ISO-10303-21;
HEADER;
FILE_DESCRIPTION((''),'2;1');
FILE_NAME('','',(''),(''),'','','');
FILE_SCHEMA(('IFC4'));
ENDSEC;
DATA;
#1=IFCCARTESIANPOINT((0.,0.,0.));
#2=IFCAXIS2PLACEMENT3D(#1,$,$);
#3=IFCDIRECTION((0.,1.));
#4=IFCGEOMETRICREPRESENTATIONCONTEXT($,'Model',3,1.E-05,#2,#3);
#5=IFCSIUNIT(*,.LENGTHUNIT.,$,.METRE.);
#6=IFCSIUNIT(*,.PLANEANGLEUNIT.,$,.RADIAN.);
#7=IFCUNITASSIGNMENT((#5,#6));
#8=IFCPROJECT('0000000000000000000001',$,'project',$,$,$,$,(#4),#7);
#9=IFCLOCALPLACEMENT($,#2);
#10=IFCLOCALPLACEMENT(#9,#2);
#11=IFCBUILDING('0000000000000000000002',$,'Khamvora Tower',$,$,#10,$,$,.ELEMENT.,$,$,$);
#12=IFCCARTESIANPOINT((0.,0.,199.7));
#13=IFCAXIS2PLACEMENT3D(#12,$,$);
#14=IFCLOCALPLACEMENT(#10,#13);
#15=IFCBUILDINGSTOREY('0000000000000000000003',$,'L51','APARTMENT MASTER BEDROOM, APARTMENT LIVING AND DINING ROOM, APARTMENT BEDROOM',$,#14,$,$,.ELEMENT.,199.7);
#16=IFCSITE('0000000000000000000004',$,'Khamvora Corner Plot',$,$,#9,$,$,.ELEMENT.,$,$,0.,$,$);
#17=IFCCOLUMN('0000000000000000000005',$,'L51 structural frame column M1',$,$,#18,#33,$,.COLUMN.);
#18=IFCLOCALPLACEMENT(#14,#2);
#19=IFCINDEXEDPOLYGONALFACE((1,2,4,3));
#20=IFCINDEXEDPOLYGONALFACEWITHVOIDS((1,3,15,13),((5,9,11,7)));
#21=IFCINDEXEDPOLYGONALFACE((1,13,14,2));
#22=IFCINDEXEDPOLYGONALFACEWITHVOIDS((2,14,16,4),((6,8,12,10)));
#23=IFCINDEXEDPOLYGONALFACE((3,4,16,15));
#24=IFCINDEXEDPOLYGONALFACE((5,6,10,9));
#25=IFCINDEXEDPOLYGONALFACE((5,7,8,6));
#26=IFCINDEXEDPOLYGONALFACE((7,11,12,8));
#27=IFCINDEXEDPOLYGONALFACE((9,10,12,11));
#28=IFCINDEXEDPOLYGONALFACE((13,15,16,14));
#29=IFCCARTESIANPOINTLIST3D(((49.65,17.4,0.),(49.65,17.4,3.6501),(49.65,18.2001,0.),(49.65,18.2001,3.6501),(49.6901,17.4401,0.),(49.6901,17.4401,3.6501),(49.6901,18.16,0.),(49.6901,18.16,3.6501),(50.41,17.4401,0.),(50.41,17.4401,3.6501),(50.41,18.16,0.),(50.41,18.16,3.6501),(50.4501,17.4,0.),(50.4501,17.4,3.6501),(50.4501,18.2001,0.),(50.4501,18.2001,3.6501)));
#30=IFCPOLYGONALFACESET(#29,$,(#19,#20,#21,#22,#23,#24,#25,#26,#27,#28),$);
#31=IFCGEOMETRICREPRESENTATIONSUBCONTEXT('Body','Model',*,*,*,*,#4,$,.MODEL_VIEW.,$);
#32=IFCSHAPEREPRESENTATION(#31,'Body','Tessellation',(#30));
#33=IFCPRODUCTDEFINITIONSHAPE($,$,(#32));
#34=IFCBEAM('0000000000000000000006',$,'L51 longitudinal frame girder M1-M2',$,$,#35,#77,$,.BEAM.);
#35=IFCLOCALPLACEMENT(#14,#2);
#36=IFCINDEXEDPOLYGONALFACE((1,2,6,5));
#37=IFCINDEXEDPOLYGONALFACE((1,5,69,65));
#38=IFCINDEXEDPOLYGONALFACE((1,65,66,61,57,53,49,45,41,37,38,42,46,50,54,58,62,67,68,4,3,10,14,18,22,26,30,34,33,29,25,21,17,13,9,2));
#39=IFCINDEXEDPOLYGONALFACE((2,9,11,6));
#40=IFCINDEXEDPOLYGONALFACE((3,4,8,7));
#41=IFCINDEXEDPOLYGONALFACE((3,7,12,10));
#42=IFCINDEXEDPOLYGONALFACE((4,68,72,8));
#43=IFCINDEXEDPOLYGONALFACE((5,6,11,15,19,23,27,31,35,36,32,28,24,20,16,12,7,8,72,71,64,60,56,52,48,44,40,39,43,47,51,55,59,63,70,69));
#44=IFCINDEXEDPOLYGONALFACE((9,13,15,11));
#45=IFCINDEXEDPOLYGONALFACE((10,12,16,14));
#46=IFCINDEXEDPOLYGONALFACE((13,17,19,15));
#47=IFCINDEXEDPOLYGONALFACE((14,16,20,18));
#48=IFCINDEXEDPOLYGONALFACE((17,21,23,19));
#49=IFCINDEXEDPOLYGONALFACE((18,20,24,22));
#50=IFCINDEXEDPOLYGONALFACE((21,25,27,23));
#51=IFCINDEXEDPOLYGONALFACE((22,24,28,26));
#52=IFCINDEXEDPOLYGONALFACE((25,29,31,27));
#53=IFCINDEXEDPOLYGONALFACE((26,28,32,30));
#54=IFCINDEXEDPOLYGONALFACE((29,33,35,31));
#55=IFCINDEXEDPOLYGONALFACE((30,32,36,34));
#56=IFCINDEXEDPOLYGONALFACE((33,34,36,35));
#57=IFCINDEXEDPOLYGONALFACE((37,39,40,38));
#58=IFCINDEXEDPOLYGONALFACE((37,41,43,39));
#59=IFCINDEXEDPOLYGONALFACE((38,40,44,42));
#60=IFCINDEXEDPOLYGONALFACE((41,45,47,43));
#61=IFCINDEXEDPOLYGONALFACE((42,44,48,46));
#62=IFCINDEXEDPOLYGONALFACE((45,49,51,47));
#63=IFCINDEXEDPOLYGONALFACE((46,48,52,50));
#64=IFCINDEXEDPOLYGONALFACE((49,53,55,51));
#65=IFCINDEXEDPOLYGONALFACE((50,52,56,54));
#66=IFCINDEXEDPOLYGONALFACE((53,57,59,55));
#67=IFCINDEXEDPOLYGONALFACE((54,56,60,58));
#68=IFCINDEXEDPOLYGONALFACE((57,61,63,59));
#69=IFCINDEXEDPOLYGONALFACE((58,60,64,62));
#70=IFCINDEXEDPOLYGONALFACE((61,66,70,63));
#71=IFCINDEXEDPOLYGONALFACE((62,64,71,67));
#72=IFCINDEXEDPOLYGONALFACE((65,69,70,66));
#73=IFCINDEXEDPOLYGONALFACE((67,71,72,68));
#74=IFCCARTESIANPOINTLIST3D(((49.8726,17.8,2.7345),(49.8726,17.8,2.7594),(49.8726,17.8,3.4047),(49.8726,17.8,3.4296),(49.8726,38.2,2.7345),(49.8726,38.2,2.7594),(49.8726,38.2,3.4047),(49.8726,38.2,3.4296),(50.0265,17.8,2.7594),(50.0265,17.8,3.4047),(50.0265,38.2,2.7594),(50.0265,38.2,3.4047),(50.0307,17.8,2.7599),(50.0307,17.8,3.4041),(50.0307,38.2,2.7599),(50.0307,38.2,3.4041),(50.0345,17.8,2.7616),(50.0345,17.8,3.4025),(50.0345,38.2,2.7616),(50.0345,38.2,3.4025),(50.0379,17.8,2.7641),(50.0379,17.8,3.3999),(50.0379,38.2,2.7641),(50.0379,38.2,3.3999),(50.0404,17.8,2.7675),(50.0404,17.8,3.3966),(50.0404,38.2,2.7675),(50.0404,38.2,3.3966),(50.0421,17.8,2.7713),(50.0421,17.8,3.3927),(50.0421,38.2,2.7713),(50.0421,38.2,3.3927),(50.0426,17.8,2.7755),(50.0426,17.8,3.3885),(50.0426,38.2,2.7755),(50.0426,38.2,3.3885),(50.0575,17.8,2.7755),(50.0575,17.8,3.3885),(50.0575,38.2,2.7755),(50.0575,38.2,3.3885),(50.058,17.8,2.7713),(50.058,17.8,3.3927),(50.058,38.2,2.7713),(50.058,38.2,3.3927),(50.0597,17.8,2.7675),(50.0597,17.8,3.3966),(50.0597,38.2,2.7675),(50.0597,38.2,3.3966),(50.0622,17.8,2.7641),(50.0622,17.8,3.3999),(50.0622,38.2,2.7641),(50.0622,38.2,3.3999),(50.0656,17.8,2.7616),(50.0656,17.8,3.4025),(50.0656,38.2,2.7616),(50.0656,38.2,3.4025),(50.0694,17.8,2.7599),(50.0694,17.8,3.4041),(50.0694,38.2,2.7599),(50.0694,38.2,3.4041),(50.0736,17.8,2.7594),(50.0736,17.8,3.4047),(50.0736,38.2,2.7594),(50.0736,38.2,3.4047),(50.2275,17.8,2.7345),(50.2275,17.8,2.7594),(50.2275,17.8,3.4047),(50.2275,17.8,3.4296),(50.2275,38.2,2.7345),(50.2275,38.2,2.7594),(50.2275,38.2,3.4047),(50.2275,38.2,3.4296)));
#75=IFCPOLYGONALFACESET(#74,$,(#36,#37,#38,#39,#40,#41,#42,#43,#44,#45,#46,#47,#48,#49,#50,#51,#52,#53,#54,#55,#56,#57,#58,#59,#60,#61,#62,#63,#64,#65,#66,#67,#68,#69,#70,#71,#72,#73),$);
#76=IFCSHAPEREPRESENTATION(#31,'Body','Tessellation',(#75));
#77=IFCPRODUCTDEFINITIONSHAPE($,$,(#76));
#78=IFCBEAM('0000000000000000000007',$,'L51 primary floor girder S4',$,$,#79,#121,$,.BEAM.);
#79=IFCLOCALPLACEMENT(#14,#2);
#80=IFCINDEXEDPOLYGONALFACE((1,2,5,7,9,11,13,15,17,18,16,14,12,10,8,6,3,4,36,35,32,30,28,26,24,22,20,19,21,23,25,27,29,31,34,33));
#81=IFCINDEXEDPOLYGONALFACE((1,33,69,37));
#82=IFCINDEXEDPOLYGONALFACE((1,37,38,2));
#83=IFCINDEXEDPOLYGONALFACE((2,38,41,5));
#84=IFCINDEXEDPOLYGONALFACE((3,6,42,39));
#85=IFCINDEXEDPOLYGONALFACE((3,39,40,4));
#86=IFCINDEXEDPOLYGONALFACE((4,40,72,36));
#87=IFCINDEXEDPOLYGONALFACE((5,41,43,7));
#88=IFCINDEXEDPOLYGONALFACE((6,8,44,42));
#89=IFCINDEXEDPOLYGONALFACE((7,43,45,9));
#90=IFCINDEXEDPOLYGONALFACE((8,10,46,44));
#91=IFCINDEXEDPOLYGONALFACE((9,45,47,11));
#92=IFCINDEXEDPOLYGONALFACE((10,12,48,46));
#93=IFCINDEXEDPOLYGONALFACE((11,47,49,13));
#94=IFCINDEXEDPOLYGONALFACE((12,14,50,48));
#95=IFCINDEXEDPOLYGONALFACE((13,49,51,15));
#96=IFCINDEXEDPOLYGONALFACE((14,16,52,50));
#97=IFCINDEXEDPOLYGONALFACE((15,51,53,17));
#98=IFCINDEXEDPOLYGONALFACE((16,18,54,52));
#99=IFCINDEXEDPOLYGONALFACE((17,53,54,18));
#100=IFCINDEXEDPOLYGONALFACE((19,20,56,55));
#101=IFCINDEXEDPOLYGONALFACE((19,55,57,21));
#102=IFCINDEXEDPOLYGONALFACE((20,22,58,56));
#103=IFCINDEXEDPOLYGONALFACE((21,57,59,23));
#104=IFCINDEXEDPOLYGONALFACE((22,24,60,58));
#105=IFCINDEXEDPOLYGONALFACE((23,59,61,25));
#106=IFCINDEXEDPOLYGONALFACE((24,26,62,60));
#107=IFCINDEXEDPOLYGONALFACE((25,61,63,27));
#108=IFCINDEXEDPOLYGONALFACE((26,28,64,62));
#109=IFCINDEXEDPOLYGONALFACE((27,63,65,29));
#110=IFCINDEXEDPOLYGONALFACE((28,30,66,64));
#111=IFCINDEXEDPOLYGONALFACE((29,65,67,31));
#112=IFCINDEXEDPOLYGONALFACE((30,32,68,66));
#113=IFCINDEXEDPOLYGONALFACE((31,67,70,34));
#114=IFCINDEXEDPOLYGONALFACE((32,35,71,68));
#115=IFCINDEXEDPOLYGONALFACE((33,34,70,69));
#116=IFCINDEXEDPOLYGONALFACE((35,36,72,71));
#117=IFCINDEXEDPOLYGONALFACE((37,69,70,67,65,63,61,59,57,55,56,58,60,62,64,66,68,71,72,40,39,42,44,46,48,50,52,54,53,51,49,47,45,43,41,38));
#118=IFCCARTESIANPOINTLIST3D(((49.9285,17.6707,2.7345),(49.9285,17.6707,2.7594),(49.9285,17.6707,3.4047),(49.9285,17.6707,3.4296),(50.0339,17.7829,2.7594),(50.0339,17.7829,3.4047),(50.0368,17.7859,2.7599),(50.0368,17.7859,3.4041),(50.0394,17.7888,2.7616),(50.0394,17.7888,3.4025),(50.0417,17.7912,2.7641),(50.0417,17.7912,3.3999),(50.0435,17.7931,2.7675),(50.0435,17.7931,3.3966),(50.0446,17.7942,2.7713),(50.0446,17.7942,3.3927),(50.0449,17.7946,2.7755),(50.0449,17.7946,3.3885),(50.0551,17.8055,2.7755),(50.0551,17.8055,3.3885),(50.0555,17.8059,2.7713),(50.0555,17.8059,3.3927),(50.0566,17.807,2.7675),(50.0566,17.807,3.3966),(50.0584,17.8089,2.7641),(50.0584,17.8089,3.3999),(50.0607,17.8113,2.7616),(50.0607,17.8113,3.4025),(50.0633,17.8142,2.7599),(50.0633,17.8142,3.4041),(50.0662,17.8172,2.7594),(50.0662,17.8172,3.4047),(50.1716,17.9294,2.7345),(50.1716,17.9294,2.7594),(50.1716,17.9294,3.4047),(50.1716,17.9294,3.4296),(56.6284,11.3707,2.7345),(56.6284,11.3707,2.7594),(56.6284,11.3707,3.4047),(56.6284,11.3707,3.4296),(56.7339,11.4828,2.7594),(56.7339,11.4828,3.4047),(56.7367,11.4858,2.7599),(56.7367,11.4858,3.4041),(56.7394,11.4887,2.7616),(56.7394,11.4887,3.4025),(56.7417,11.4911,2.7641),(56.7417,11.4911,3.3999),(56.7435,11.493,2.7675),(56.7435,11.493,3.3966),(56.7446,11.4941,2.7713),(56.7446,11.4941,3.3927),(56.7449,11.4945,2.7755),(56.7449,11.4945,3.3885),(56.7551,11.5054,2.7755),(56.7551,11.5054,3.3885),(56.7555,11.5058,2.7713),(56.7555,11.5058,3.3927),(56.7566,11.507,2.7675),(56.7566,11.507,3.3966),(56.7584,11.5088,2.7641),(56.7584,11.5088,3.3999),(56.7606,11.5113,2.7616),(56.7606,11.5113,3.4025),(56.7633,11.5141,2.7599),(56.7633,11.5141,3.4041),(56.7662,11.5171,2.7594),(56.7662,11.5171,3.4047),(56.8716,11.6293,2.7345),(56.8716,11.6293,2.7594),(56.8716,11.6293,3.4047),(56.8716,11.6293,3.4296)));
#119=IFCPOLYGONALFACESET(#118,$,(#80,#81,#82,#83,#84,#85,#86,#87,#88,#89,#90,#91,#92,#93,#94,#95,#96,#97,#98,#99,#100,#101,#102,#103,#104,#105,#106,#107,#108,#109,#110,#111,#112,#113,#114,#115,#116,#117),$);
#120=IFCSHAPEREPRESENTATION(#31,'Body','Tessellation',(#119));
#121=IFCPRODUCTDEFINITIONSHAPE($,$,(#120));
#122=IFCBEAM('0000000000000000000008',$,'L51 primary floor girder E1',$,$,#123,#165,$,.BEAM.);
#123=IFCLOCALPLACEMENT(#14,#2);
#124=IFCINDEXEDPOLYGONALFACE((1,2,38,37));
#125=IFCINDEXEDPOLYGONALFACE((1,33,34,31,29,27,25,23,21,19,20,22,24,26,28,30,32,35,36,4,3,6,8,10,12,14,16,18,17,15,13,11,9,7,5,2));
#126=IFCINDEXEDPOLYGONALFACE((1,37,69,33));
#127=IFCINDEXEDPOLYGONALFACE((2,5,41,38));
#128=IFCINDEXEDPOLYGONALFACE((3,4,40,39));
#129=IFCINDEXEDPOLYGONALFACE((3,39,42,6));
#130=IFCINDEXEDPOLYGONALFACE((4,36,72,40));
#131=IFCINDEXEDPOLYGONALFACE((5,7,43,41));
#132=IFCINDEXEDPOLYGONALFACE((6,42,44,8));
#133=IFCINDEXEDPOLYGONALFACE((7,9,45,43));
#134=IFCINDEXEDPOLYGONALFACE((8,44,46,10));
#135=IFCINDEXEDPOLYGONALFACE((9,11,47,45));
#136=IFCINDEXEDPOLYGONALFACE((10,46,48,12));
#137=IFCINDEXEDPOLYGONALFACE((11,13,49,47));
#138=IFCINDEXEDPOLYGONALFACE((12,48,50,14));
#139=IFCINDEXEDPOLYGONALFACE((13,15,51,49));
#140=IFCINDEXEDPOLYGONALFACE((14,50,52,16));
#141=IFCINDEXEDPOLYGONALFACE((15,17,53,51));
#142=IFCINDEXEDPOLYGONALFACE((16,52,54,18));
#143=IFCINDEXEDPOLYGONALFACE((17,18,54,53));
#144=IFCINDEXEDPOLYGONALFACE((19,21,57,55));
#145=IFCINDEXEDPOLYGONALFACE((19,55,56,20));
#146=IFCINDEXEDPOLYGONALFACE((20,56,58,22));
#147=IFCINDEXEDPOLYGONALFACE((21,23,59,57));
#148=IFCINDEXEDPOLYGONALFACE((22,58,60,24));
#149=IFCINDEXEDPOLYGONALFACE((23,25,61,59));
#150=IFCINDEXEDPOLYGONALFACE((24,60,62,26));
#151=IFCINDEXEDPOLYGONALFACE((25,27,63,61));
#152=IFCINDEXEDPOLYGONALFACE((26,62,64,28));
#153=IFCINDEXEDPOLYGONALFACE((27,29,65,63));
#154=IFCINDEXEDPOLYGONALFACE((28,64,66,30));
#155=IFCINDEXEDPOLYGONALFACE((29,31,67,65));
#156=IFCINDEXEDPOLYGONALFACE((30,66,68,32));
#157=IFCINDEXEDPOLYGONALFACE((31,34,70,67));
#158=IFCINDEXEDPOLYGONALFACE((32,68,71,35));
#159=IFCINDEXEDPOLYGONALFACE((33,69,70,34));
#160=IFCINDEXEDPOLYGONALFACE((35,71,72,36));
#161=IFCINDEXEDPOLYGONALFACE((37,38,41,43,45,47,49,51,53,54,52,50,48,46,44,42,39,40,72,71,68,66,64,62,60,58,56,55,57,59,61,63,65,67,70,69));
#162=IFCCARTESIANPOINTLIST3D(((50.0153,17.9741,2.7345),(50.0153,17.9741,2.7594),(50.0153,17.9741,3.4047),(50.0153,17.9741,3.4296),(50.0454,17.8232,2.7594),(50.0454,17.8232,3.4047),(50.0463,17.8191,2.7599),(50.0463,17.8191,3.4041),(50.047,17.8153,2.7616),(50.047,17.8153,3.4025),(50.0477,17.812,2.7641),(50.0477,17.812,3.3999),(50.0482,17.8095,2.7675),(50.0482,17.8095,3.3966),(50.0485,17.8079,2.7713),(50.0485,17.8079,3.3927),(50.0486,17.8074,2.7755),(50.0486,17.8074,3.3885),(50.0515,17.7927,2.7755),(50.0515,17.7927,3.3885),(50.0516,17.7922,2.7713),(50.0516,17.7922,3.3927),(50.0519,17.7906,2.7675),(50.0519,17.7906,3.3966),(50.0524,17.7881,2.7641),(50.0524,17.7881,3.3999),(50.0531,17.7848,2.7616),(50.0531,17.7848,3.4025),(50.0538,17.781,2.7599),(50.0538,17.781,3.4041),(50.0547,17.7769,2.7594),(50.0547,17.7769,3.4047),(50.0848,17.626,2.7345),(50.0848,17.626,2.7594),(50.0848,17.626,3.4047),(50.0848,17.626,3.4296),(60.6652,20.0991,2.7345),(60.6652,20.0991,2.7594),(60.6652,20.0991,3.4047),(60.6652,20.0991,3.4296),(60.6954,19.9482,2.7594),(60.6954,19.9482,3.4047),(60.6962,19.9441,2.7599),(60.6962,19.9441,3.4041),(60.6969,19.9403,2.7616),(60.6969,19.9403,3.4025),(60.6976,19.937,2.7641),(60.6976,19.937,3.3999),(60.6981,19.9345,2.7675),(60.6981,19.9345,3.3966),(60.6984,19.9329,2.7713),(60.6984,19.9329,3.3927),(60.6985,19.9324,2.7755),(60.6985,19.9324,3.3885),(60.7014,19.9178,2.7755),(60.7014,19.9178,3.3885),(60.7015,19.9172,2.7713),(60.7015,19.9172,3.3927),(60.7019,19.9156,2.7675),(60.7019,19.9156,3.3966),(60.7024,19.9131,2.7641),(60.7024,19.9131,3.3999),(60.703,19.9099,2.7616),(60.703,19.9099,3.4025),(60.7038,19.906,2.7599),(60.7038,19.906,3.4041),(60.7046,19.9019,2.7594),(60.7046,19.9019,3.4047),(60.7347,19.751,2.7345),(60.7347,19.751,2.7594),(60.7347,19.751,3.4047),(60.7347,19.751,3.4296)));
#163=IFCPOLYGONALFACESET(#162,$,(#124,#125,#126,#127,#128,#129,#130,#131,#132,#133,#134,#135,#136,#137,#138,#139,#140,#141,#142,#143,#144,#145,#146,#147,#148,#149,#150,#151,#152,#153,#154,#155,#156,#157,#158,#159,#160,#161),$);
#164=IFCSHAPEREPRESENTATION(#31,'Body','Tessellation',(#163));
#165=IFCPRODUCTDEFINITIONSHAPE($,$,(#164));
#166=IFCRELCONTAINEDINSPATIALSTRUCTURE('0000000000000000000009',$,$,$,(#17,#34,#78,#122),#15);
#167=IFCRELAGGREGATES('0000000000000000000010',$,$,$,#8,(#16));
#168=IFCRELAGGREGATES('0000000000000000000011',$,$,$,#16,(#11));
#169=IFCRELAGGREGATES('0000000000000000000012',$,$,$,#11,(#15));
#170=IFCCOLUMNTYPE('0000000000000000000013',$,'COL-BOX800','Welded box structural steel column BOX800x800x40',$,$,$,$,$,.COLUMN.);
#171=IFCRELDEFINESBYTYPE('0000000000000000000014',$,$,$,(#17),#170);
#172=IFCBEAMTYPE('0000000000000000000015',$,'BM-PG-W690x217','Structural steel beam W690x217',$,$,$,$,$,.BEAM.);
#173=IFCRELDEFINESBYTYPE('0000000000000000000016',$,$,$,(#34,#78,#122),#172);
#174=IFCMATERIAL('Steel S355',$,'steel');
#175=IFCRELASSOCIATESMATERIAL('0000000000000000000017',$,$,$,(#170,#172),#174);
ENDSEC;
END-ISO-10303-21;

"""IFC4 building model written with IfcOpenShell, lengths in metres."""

from ifc_helpers import new_model, si_unit, direction, frame, origin, origin_2d, place, context, subcontext, project, spatial, hollow_rectangle, i_section, extrude, material, material_profile, profile_set, type_object, element, save


model = new_model("IFC4")

# Units and contexts
model_context = context("Model", 3, precision=1e-05, world=origin(), true_north=direction((0.0, 1.0)))
body_context = subcontext(model_context, "Body", "Model", "MODEL_VIEW")
ifc_project = project(units=[si_unit("LENGTHUNIT", "METRE"), si_unit("PLANEANGLEUNIT", "RADIAN")], contexts=[model_context])

# Site, building, storey
site_placement = place(None, origin())
site = spatial("IfcSite", under=ifc_project, at=site_placement, Name="Khamvora Corner Plot", CompositionType="ELEMENT", RefElevation=0.0)
building_placement = place(site_placement, origin())
building = spatial("IfcBuilding", under=site, at=building_placement, Name="Khamvora Tower", CompositionType="ELEMENT")
storey_placement = place(building_placement, frame((0.0, 0.0, 199.7)))
storey = spatial("IfcBuildingStorey", under=building, at=storey_placement, Name="L51", Description="APARTMENT MASTER BEDROOM, APARTMENT LIVING AND DINING ROOM, APARTMENT BEDROOM", CompositionType="ELEMENT", Elevation=199.7)

# Column
ifc_material_1 = material(Name="Steel S355", Category="steel")
ifc_material_profile_1 = material_profile(ifc_material_1, hollow_rectangle(XDim=0.8, YDim=0.8, WallThickness=0.04, at=origin_2d()), Name="BOX800x800x40")
ifc_profile_set_1 = profile_set([ifc_material_profile_1], Name="Steel S355")
column_type = type_object("IfcColumnType", Name="COL-BOX800", Description="Welded box structural steel column BOX800x800x40", PredefinedType="COLUMN", material=ifc_profile_set_1)
column_placement = place(storey_placement, frame((50.05, 17.8, 0.0), z_axis=(0.0, 0.0, 1.0), x_axis=(1.0, 0.0, 0.0)))
element("IfcColumn", 1, at=column_placement, inside=storey, type_object=column_type, Name="L51 structural frame column M1", PredefinedType="COLUMN", context=body_context, shape_type="SweptSolid", body=[
    extrude(hollow_rectangle(XDim=0.8, YDim=0.8, WallThickness=0.04, at=origin_2d()), origin(), (0.0, 0.0, 1.0), 3.6501),
])

# Beams
ifc_material_profile_2 = material_profile(ifc_material_1, i_section(OverallWidth=0.355, OverallDepth=0.6951, WebThickness=0.0149, FlangeThickness=0.0249, FilletRadius=0.0161, at=origin_2d()), Name="W690x217")
ifc_profile_set_2 = profile_set([ifc_material_profile_2], Name="Steel S355")
beam_type_1 = type_object("IfcBeamType", Name="BM-PG-W690x217", Description="Structural steel beam W690x217", PredefinedType="BEAM", material=ifc_profile_set_2)
beam_1_placement = place(storey_placement, frame((50.05, 17.8, 3.082), z_axis=(0.0, 1.0, 0.0), x_axis=(-1.0, 0.0, 0.0)))
element("IfcBeam", 2, at=beam_1_placement, inside=storey, type_object=beam_type_1, Name="L51 longitudinal frame girder M1-M2", PredefinedType="BEAM", context=body_context, shape_type="SweptSolid", body=[
    extrude(i_section(OverallWidth=0.355, OverallDepth=0.6951, WebThickness=0.0149, FlangeThickness=0.0249, FilletRadius=0.0161, at=origin_2d()), origin(), (0.0, 0.0, 1.0), 20.3999),
])
beam_2_placement = place(storey_placement, frame((50.05, 17.8, 3.082), z_axis=(0.728514, -0.685031, 0.0), x_axis=(0.685031, 0.728514, 0.0)))
element("IfcBeam", 3, at=beam_2_placement, inside=storey, type_object=beam_type_1, Name="L51 primary floor girder S4", PredefinedType="BEAM", context=body_context, shape_type="SweptSolid", body=[
    extrude(i_section(OverallWidth=0.355, OverallDepth=0.6951, WebThickness=0.0149, FlangeThickness=0.0249, FilletRadius=0.0161, at=origin_2d()), origin(), (0.0, 0.0, 1.0), 9.1968),
])
beam_3_placement = place(storey_placement, frame((50.05, 17.8, 3.082), z_axis=(0.980669, 0.195675, 0.0), x_axis=(-0.195675, 0.980669, 0.0)))
element("IfcBeam", 4, at=beam_3_placement, inside=storey, type_object=beam_type_1, Name="L51 primary floor girder E1", PredefinedType="BEAM", context=body_context, shape_type="SweptSolid", body=[
    extrude(i_section(OverallWidth=0.355, OverallDepth=0.6951, WebThickness=0.0149, FlangeThickness=0.0249, FilletRadius=0.0161, at=origin_2d()), origin(), (0.0, 0.0, 1.0), 10.8599),
])

save(model, "model.ifc")
